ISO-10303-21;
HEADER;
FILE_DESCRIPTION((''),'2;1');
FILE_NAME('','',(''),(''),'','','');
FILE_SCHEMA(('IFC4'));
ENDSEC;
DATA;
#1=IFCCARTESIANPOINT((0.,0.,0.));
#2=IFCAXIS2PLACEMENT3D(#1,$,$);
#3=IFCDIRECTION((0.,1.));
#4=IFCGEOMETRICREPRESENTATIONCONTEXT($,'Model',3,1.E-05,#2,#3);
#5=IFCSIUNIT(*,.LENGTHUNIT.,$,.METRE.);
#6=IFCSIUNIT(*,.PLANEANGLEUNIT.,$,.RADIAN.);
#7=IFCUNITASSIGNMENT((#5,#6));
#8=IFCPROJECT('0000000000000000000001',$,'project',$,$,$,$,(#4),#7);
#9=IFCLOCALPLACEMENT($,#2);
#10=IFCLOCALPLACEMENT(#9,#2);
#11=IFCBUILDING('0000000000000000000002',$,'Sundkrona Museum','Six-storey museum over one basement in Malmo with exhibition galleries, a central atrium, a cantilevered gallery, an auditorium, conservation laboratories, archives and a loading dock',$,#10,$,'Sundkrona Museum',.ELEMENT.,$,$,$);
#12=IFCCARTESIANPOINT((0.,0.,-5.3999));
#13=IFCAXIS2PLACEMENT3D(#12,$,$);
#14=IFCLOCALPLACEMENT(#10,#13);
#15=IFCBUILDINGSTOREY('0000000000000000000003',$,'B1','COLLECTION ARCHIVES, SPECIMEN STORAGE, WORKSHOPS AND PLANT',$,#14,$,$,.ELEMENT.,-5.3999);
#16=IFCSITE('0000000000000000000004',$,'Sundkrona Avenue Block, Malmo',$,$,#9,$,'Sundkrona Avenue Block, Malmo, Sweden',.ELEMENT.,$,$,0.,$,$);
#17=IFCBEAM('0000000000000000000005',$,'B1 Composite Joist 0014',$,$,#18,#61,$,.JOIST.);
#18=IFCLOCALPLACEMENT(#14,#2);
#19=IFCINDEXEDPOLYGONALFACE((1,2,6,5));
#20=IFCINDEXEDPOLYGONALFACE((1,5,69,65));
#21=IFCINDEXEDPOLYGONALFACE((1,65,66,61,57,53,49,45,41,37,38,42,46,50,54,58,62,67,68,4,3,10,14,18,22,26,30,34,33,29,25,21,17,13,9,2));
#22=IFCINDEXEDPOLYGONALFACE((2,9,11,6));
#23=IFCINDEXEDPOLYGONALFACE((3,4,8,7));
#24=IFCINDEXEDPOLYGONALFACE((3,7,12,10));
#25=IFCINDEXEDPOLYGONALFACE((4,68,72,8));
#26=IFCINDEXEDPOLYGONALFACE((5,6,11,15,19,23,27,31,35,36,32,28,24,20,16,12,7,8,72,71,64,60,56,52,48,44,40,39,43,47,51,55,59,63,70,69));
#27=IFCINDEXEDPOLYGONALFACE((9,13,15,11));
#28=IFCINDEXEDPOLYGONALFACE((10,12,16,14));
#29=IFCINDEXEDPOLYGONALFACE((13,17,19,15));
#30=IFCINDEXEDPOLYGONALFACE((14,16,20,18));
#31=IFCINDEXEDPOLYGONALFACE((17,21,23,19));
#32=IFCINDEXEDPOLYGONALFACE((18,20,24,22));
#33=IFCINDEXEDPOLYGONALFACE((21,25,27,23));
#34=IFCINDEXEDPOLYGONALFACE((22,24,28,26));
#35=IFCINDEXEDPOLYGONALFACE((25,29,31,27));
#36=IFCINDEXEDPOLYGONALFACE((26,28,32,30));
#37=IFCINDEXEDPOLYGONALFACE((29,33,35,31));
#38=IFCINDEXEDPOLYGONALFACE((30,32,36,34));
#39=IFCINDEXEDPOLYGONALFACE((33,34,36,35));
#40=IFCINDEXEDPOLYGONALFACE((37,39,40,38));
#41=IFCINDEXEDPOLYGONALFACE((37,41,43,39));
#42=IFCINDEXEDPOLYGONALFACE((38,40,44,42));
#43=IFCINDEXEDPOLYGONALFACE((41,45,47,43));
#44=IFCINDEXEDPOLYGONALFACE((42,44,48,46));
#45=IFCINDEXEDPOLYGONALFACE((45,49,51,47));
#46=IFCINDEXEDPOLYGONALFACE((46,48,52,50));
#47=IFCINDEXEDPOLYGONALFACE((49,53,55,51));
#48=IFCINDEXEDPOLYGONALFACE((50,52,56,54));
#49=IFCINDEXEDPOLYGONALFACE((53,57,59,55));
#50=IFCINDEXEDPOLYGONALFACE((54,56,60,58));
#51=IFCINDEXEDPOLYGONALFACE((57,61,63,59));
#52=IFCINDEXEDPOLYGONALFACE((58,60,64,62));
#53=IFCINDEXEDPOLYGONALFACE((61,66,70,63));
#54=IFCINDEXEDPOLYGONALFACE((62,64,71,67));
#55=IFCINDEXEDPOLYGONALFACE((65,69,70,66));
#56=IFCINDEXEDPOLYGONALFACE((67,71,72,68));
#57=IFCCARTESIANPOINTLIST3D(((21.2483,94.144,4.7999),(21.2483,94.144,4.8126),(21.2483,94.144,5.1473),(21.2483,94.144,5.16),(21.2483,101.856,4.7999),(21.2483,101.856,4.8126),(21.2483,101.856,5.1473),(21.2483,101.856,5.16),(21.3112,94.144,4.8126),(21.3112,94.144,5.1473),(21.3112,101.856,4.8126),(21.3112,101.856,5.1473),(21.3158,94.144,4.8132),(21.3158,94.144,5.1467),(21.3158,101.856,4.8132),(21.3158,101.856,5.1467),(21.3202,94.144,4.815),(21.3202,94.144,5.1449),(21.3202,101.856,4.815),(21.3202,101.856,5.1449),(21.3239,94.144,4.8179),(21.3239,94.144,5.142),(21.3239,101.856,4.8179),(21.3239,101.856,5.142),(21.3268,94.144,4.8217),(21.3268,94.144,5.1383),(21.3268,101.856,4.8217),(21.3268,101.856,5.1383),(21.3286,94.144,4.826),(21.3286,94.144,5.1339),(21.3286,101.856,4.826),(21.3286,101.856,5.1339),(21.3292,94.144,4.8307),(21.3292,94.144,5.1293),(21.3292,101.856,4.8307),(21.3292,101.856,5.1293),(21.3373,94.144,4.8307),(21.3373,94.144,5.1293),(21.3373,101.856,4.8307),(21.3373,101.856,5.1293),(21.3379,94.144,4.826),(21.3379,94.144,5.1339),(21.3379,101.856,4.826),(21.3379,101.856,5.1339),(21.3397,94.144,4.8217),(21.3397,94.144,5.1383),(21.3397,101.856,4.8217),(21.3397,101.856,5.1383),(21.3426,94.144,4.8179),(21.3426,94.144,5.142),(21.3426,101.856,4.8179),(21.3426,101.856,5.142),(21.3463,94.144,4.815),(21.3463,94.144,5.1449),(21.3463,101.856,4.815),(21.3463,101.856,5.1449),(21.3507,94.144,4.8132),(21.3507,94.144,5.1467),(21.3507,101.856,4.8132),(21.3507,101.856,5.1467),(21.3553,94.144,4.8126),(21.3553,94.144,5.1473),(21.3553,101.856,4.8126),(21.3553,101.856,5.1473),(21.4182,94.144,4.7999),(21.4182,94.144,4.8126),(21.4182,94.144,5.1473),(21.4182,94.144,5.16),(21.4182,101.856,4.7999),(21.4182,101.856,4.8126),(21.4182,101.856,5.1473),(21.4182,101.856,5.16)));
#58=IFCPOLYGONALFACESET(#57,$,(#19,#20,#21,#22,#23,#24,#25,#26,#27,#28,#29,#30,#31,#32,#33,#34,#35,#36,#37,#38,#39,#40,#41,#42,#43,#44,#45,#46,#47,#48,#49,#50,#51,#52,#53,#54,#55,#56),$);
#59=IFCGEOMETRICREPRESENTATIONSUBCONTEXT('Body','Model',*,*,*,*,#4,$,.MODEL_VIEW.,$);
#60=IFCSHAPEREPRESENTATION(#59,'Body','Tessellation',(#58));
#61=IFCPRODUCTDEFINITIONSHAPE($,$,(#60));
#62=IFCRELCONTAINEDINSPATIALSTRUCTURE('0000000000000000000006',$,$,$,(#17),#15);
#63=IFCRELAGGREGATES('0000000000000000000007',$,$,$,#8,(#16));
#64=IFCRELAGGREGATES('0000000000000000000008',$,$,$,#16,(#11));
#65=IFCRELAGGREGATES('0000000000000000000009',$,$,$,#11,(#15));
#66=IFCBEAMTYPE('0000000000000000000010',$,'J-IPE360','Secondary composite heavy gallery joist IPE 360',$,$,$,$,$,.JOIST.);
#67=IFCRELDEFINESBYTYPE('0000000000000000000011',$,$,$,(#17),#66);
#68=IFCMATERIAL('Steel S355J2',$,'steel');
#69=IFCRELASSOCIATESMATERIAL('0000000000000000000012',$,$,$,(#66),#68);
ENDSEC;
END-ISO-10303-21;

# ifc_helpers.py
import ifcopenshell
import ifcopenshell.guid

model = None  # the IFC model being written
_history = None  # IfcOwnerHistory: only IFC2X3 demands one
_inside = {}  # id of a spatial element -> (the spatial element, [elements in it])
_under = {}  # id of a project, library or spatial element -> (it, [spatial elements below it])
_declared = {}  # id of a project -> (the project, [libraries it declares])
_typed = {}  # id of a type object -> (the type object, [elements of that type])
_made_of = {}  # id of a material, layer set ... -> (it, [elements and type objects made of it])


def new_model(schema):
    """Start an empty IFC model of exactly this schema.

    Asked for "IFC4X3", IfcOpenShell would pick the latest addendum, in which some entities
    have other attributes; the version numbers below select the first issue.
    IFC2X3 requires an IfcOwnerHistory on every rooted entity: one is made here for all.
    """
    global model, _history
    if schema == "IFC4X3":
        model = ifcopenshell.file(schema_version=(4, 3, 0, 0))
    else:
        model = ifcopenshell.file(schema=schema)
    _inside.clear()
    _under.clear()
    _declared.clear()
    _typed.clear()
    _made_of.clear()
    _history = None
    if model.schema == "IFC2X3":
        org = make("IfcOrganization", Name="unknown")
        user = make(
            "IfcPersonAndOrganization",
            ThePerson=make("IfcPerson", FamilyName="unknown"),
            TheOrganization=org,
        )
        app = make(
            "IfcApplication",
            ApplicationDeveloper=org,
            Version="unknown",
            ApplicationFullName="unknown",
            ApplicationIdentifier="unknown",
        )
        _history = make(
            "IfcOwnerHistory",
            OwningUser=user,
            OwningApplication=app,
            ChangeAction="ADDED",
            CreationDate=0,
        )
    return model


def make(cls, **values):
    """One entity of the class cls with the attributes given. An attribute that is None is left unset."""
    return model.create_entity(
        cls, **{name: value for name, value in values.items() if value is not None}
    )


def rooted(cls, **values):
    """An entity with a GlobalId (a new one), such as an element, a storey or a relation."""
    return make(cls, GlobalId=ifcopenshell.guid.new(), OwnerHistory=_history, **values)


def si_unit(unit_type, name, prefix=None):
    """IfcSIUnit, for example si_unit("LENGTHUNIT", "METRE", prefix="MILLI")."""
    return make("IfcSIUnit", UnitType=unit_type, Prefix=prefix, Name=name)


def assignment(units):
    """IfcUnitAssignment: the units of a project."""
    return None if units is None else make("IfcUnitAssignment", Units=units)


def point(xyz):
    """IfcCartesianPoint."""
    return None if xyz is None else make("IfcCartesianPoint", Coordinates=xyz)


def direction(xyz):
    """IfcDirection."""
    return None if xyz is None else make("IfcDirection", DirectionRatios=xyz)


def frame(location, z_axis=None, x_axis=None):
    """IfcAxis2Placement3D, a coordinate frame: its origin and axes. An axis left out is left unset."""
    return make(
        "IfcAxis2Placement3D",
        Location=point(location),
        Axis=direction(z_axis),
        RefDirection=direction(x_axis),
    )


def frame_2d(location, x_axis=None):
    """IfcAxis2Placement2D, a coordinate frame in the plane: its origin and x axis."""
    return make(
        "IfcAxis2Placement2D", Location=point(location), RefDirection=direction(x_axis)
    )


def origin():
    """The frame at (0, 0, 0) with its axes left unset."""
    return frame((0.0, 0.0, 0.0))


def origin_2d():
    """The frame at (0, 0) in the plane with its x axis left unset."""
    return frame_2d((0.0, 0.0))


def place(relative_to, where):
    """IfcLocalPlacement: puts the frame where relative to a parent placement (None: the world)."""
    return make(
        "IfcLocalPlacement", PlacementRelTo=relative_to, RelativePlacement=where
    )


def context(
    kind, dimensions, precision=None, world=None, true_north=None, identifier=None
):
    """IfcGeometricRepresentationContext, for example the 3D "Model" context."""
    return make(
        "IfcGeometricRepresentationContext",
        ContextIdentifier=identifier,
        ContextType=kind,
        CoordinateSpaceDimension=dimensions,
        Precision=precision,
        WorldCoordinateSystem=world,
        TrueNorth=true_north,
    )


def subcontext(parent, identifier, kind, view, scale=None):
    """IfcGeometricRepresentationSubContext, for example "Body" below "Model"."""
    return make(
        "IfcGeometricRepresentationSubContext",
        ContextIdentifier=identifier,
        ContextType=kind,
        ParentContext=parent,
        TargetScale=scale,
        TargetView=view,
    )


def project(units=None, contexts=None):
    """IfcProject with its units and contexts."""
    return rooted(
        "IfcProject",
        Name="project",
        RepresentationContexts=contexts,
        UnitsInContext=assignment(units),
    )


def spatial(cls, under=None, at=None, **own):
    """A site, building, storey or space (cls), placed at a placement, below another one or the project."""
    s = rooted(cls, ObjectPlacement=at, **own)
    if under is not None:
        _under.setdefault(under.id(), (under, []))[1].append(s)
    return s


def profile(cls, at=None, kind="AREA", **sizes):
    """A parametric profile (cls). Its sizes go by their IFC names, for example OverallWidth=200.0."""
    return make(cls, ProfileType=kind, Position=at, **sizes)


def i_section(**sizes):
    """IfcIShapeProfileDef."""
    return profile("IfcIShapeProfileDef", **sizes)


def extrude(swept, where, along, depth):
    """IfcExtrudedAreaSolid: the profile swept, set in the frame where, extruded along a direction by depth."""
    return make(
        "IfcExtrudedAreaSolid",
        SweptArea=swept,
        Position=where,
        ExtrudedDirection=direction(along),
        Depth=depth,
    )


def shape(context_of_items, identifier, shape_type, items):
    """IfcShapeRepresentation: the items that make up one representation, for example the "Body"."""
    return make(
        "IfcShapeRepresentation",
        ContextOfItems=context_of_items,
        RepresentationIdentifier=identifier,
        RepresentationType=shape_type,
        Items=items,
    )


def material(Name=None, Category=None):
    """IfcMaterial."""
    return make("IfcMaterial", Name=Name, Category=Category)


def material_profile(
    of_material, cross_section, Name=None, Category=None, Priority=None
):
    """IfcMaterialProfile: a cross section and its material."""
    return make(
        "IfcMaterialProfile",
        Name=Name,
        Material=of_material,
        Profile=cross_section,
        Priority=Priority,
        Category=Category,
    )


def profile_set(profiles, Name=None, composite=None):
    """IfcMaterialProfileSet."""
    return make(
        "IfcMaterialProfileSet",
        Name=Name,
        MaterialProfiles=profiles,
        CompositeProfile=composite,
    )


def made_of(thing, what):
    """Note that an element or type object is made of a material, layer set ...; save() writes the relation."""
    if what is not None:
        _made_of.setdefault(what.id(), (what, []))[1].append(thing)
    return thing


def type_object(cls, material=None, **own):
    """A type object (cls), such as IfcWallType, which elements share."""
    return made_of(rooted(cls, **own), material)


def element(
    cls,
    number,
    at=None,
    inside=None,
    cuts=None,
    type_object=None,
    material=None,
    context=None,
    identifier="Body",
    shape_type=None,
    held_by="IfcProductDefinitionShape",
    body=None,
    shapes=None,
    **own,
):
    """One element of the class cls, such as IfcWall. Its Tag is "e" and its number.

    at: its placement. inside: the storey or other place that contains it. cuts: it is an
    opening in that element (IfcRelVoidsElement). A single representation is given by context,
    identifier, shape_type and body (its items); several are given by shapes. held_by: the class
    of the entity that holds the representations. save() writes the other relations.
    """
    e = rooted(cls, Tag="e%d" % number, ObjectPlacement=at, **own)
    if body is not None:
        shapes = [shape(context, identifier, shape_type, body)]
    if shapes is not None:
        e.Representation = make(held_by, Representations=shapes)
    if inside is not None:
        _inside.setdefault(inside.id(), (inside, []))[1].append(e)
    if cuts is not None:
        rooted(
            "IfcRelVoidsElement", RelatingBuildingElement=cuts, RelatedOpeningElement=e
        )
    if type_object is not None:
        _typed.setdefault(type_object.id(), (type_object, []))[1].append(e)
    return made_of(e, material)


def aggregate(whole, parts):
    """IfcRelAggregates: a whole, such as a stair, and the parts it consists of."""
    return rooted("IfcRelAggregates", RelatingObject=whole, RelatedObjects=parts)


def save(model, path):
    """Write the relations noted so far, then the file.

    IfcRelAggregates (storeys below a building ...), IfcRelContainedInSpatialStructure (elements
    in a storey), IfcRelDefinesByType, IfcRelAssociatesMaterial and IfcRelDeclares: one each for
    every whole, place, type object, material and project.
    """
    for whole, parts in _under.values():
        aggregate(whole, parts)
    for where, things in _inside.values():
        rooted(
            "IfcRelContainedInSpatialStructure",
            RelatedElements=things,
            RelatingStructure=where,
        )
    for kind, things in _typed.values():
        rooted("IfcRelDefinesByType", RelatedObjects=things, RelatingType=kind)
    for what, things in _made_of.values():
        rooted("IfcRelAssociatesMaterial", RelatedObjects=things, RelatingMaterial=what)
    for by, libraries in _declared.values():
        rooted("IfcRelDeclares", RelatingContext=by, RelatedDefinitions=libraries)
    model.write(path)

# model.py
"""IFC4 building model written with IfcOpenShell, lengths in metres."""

from ifc_helpers import new_model, si_unit, direction, frame, origin, origin_2d, place, context, subcontext, project, spatial, i_section, extrude, material, material_profile, profile_set, type_object, element, save


model = new_model("IFC4")

# Units and contexts
model_context = context("Model", 3, precision=1e-05, world=origin(), true_north=direction((0.0, 1.0)))
body_context = subcontext(model_context, "Body", "Model", "MODEL_VIEW")
ifc_project = project(units=[si_unit("LENGTHUNIT", "METRE"), si_unit("PLANEANGLEUNIT", "RADIAN")], contexts=[model_context])

# Site, building, storey
site_placement = place(None, origin())
site = spatial("IfcSite", under=ifc_project, at=site_placement, Name="Sundkrona Avenue Block, Malmo", LongName="Sundkrona Avenue Block, Malmo, Sweden", CompositionType="ELEMENT", RefElevation=0.0)
building_placement = place(site_placement, origin())
building = spatial("IfcBuilding", under=site, at=building_placement, Name="Sundkrona Museum", Description="Six-storey museum over one basement in Malmo with exhibition galleries, a central atrium, a cantilevered gallery, an auditorium, conservation laboratories, archives and a loading dock", LongName="Sundkrona Museum", CompositionType="ELEMENT")
storey_placement = place(building_placement, frame((0.0, 0.0, -5.3999)))
storey = spatial("IfcBuildingStorey", under=building, at=storey_placement, Name="B1", Description="COLLECTION ARCHIVES, SPECIMEN STORAGE, WORKSHOPS AND PLANT", CompositionType="ELEMENT", Elevation=-5.3999)

# Beam
ifc_material_1 = material(Name="Steel S355J2", Category="steel")
ifc_material_profile_1 = material_profile(ifc_material_1, i_section(OverallWidth=0.1699, OverallDepth=0.3601, WebThickness=0.0081, FlangeThickness=0.0127, FilletRadius=0.0181, at=origin_2d()), Name="IPE 360")
ifc_profile_set_1 = profile_set([ifc_material_profile_1], Name="Steel S355J2")
beam_type_1 = type_object("IfcBeamType", Name="J-IPE360", Description="Secondary composite heavy gallery joist IPE 360", PredefinedType="JOIST", material=ifc_profile_set_1)
for number, where, z_axis, x_axis, name in (
    (1, (21.3333, 94.144, 4.98), (0.0, 1.0, 0.0), (-1.0, 0.0, 0.0), "B1 Composite Joist 0014"),
):
    element("IfcBeam", number, at=place(storey_placement, frame(where, z_axis=z_axis, x_axis=x_axis)), inside=storey, type_object=beam_type_1, Name=name, PredefinedType="JOIST", context=body_context, shape_type="SweptSolid", body=[
        extrude(i_section(OverallWidth=0.1699, OverallDepth=0.3601, WebThickness=0.0081, FlangeThickness=0.0127, FilletRadius=0.0181, at=origin_2d()), origin(), (0.0, 0.0, 1.0), 7.7119),
    ])

save(model, "model.ifc")
